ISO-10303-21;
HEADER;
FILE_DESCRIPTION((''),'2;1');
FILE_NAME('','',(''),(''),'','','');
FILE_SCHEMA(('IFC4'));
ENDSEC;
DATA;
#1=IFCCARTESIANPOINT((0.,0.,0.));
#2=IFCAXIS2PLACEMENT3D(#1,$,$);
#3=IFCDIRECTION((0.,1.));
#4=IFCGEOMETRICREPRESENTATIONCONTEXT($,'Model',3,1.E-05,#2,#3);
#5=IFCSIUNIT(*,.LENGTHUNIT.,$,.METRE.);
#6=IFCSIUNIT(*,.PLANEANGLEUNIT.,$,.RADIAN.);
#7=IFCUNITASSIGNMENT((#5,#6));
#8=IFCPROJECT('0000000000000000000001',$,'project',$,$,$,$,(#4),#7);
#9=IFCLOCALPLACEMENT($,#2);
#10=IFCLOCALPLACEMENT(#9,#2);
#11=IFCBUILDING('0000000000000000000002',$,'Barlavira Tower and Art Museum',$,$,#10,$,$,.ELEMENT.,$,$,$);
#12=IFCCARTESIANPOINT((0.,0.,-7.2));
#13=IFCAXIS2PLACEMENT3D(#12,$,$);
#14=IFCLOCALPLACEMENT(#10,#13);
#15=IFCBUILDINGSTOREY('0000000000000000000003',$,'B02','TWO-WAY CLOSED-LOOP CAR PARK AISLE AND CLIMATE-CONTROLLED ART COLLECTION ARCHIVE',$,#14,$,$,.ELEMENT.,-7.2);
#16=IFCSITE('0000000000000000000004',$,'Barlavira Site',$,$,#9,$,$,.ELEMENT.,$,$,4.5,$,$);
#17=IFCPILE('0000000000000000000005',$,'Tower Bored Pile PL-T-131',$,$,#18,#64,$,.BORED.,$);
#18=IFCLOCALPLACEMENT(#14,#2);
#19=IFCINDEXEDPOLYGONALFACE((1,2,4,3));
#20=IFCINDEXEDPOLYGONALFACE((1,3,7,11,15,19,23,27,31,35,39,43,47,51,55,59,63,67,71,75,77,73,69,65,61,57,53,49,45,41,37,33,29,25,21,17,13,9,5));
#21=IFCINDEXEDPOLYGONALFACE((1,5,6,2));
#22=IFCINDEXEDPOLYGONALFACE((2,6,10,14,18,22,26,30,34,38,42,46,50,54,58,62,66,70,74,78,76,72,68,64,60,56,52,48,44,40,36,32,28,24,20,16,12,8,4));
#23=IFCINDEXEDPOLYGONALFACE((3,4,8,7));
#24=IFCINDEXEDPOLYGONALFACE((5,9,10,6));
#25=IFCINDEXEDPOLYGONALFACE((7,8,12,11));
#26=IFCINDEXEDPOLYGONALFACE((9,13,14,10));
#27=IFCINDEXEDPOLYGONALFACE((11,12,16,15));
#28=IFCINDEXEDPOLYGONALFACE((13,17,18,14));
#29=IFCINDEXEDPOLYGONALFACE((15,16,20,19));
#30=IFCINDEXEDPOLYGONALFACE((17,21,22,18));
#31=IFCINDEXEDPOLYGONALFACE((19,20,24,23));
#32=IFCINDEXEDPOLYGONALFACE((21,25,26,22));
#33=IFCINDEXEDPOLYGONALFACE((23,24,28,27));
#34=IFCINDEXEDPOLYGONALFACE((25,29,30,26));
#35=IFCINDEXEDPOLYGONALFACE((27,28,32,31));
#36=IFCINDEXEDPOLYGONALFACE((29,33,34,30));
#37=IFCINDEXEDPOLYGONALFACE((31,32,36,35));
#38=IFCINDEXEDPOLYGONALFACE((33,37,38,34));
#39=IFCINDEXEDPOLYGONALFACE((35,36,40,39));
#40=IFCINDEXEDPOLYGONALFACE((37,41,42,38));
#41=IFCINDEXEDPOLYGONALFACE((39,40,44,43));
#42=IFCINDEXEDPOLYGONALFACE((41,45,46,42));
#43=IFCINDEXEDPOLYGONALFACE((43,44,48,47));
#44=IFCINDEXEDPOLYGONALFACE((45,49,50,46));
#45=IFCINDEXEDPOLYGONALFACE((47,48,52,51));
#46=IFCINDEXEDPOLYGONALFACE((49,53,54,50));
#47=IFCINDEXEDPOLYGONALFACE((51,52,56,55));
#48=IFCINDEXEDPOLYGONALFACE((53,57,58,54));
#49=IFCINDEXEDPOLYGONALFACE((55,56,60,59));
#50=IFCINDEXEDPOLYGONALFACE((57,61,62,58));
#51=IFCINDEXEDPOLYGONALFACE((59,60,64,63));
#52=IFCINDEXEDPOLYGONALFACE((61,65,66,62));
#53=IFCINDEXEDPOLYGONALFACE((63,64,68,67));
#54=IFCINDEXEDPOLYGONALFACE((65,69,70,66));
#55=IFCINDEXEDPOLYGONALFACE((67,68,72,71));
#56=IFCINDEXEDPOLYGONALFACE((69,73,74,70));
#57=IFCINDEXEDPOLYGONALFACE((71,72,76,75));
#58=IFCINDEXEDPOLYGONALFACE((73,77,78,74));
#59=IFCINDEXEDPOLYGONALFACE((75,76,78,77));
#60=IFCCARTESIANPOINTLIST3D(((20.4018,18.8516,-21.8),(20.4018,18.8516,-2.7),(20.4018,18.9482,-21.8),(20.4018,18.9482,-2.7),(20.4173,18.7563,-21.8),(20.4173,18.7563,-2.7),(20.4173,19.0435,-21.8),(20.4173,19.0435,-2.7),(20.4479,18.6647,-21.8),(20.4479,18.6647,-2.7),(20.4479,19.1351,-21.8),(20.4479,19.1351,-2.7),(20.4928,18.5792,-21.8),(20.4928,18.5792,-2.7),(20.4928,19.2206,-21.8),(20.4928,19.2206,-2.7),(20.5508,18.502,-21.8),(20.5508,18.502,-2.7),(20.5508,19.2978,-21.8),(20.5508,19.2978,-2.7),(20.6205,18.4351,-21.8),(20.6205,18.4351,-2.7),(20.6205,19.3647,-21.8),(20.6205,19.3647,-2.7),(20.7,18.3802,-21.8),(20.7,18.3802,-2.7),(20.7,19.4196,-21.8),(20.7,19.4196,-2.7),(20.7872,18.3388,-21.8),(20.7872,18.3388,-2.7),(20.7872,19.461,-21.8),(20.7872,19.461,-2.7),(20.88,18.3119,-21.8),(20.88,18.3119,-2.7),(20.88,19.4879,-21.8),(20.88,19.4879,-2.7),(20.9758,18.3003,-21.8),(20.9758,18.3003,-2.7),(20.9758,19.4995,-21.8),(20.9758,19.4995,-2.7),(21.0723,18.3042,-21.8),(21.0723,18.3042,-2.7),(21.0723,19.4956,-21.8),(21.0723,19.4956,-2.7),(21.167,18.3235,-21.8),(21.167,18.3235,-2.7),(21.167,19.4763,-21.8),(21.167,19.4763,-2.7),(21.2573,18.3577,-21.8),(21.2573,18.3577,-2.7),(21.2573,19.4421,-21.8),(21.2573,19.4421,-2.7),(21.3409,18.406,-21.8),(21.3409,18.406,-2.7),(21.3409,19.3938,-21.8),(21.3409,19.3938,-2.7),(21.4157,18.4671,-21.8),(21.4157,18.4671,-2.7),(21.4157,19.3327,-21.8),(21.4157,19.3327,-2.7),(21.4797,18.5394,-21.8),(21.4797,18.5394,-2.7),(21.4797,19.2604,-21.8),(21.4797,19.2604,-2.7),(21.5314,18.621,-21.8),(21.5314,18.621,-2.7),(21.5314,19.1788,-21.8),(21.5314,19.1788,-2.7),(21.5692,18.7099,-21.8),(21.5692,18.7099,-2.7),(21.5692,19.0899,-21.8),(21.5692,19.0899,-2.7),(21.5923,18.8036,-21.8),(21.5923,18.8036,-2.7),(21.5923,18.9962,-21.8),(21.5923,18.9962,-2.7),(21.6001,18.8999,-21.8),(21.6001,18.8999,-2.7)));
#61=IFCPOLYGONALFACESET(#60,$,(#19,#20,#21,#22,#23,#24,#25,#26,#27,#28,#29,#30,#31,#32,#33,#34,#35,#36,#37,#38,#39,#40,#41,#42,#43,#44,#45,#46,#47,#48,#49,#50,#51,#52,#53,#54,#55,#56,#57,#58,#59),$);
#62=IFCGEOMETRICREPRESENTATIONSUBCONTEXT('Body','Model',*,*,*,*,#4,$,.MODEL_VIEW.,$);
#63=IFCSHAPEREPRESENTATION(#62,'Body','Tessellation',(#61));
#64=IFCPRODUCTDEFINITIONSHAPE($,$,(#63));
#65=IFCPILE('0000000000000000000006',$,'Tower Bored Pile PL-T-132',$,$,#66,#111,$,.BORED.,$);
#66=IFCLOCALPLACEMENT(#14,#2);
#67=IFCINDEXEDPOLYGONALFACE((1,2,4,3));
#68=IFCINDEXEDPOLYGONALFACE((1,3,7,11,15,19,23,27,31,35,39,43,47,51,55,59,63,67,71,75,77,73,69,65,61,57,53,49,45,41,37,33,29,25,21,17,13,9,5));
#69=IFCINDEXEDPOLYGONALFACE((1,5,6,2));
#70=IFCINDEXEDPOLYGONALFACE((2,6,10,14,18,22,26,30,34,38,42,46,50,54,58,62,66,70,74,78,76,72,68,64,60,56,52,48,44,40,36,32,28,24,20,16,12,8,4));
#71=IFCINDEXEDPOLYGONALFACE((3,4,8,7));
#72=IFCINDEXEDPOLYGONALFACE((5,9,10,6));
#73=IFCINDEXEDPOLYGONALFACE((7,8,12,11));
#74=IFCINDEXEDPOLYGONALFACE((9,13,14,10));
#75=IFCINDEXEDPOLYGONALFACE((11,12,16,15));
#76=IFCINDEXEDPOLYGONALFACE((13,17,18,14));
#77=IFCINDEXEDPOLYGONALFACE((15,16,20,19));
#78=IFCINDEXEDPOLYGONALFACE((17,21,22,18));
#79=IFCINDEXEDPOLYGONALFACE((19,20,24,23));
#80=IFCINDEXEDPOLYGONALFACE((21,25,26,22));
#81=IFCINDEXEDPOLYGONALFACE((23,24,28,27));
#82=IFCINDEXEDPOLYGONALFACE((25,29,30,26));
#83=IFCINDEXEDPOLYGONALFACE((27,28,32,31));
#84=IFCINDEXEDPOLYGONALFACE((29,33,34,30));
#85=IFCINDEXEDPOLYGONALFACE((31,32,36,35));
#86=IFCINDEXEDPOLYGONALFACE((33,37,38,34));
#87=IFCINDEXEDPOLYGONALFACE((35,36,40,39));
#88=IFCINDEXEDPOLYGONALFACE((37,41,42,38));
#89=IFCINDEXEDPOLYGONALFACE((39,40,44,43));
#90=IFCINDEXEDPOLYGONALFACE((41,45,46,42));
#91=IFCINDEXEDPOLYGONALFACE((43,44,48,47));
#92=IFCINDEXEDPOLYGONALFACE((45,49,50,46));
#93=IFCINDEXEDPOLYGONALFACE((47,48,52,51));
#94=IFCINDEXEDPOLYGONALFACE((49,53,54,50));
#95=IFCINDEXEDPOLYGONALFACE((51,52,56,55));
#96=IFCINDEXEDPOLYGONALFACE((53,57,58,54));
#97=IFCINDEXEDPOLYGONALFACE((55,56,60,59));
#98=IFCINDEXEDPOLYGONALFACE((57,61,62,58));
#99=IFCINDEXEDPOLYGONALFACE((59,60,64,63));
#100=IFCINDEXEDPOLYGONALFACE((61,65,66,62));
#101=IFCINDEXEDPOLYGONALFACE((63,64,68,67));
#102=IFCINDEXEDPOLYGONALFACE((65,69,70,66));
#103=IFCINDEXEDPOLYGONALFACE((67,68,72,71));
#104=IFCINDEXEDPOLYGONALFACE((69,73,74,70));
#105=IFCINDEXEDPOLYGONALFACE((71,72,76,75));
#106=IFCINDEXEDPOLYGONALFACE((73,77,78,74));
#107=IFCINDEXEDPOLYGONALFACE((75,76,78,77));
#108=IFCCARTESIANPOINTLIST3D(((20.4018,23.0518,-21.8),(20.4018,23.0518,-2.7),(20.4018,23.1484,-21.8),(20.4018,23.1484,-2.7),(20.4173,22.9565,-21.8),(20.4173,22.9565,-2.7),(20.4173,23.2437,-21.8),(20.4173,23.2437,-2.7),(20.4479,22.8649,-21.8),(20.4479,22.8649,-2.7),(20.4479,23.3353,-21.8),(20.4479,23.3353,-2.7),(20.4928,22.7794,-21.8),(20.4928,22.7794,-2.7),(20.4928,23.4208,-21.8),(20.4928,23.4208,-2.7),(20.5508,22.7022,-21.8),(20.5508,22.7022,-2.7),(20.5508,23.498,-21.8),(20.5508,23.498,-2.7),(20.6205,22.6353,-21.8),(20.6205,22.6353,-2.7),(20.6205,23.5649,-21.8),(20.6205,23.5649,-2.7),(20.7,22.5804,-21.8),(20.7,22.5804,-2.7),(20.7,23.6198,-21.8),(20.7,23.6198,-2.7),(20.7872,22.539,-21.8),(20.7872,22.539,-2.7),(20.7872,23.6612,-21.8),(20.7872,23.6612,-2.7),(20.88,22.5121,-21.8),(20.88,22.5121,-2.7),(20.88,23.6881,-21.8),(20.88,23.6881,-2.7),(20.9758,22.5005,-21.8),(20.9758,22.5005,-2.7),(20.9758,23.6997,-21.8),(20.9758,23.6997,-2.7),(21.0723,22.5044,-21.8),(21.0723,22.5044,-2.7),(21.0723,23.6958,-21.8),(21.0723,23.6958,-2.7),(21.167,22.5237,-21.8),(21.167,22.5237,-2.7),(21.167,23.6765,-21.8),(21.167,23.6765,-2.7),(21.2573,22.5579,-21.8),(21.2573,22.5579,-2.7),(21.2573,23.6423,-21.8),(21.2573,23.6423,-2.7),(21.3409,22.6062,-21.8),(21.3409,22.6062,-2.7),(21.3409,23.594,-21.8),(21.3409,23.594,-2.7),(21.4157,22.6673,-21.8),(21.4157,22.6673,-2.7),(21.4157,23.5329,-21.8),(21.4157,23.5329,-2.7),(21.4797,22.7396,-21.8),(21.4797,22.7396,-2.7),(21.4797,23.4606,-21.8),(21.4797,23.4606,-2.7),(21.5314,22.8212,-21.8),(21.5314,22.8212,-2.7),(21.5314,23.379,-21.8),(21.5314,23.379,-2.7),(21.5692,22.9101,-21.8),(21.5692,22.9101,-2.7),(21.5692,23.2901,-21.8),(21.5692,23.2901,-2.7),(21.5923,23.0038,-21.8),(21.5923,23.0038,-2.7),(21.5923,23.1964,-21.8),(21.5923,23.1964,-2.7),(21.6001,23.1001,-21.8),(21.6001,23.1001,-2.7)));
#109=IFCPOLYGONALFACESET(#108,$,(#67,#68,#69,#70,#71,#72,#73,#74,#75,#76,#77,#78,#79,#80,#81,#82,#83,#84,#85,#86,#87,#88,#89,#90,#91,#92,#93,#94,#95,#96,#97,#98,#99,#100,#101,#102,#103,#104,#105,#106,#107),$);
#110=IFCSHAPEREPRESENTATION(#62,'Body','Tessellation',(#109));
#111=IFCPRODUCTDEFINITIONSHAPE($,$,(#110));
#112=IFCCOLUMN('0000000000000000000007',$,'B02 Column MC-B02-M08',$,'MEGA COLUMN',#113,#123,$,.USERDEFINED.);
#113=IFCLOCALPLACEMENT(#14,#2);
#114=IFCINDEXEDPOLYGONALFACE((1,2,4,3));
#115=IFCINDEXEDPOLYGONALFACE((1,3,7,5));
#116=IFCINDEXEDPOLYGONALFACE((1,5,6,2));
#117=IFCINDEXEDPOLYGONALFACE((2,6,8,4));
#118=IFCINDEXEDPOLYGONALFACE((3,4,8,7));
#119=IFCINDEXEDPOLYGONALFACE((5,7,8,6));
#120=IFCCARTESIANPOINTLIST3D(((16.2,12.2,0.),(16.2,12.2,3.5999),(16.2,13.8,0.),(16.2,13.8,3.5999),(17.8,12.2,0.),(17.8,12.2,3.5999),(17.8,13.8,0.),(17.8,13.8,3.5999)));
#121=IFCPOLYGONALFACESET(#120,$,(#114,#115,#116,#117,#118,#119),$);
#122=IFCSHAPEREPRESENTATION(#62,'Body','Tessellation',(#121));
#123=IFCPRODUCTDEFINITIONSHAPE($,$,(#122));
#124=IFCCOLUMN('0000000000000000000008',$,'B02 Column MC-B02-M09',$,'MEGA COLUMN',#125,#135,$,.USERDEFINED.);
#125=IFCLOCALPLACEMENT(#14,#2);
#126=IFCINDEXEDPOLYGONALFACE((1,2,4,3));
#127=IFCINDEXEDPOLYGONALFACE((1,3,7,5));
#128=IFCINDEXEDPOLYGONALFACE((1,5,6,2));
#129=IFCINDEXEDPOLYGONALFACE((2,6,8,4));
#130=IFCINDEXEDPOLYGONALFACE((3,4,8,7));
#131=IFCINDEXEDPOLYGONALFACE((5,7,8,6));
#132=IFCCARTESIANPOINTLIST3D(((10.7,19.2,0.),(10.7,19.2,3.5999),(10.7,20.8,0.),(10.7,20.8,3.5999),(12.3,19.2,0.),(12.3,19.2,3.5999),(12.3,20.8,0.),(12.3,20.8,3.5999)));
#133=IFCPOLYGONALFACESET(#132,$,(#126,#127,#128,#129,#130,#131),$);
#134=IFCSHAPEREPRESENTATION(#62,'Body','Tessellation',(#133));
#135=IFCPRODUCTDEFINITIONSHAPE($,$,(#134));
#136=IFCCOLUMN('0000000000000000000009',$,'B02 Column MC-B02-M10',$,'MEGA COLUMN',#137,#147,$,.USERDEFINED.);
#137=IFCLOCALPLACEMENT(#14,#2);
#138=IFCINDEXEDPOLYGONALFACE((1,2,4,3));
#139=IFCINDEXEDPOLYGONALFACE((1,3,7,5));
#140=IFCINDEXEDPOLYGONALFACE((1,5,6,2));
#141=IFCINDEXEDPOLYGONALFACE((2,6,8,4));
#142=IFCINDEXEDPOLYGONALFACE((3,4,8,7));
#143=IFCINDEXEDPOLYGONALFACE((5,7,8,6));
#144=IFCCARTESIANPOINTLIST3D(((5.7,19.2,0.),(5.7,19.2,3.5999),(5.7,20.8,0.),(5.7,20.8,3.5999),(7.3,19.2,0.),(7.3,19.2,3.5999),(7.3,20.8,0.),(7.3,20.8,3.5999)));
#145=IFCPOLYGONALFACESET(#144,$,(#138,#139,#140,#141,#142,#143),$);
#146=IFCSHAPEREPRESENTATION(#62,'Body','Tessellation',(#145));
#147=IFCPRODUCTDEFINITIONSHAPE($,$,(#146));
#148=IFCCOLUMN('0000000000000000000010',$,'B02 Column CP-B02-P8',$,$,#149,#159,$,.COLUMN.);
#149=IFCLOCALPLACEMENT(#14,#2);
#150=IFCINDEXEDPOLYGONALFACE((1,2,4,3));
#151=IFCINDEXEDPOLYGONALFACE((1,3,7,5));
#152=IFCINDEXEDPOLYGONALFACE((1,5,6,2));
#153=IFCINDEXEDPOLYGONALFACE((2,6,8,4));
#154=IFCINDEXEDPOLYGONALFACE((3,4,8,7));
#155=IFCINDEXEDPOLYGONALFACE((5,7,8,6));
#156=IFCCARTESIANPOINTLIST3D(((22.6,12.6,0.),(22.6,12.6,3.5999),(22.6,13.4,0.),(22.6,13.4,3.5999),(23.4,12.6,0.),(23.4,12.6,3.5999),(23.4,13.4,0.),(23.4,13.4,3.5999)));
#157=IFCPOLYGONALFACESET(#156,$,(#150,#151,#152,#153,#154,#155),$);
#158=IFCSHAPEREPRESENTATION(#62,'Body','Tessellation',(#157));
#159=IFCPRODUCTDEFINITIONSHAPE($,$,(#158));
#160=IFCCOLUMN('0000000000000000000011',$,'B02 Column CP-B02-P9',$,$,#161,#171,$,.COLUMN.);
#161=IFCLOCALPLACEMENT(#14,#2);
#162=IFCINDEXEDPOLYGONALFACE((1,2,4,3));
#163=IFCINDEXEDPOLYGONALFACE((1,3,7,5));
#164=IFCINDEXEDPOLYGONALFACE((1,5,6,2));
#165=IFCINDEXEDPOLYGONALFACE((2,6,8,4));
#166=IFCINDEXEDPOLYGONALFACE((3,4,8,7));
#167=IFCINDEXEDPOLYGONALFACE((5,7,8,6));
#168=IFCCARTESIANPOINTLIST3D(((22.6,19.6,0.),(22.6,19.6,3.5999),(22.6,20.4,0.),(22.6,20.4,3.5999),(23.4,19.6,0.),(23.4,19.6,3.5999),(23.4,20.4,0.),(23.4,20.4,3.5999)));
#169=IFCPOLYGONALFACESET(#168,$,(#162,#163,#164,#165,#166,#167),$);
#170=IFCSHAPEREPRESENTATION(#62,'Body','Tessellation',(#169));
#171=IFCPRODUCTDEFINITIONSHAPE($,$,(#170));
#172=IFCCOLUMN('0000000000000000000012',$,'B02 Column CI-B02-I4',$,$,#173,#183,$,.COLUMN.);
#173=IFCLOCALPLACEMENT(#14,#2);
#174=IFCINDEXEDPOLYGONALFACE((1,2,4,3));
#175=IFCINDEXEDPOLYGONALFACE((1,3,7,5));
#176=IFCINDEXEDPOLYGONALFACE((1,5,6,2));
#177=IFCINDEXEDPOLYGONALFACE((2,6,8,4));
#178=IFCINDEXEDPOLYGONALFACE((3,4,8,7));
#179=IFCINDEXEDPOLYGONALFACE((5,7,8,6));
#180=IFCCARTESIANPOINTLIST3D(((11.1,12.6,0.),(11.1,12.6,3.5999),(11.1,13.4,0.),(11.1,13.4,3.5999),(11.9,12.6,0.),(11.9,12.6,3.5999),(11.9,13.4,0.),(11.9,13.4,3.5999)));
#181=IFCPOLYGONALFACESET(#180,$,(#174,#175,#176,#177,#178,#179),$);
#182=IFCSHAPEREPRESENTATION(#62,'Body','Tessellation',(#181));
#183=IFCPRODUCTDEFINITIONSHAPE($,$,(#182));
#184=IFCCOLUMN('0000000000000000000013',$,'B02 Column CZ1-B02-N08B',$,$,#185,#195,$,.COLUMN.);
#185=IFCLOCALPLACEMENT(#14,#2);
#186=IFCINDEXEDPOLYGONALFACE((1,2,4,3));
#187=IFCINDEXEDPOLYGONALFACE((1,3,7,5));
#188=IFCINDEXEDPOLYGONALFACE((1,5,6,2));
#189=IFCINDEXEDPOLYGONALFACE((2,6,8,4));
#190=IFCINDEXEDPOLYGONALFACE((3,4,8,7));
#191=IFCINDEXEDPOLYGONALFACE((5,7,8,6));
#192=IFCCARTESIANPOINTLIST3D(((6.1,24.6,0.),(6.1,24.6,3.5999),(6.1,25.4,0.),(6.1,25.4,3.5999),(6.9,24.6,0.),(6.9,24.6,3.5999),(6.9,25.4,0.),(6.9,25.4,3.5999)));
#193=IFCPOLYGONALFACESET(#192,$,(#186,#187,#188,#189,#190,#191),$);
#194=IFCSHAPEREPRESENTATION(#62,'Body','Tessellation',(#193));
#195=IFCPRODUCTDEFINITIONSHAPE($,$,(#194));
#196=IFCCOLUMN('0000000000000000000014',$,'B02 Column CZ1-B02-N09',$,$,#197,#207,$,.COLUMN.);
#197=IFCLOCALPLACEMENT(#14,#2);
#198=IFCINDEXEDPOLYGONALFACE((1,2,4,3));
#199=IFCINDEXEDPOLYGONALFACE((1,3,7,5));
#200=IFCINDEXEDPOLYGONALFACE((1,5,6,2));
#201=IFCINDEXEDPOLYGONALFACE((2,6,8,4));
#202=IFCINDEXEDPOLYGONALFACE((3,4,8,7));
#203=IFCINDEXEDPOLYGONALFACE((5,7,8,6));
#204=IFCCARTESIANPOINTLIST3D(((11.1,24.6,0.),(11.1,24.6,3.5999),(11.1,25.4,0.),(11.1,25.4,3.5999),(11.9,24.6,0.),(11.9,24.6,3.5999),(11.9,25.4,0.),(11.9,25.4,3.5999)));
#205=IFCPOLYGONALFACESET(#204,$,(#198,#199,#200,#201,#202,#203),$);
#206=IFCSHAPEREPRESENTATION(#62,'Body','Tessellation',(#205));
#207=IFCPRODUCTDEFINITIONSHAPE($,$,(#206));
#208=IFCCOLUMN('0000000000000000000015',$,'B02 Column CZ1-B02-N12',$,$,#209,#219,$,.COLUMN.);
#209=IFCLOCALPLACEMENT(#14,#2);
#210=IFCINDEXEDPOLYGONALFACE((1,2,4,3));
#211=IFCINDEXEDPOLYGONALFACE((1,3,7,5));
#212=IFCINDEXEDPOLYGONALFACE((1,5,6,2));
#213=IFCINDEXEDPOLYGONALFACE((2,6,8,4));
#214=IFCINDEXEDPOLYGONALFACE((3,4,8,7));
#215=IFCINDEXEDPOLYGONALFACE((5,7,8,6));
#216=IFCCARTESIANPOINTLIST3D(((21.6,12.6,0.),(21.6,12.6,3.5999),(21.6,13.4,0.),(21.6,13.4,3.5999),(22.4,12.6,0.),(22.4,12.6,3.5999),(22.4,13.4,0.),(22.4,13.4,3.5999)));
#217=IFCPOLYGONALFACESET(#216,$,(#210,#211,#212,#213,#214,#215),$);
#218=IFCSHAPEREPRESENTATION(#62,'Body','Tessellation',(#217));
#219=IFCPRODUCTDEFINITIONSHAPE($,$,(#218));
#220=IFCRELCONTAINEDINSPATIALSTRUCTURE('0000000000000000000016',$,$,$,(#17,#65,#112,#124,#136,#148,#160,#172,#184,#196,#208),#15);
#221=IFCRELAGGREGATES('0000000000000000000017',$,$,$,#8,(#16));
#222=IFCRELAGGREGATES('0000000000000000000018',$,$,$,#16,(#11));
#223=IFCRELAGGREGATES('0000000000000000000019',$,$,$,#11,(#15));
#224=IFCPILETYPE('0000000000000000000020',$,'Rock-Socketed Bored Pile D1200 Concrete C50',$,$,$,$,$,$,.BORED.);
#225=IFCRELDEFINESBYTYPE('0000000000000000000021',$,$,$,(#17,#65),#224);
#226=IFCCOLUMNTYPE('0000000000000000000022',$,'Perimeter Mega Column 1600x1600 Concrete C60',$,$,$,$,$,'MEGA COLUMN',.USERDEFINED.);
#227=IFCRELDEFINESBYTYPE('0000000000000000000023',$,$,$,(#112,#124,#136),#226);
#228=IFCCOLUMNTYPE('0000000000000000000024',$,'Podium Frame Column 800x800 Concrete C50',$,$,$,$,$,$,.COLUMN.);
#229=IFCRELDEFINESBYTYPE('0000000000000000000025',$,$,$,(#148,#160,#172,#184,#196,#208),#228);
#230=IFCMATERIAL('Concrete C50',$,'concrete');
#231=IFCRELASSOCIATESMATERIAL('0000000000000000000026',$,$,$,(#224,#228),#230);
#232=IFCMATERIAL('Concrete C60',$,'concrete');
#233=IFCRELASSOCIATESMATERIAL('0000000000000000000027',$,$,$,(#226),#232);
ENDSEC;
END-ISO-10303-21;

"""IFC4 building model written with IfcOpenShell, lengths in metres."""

from ifc_helpers import new_model, si_unit, direction, frame, origin, origin_2d, place, context, subcontext, project, spatial, rectangle, circle, extrude, material, material_profile, profile_set, type_object, element, save


model = new_model("IFC4")

# Units and contexts
model_context = context("Model", 3, precision=1e-05, world=origin(), true_north=direction((0.0, 1.0)))
body_context = subcontext(model_context, "Body", "Model", "MODEL_VIEW")
ifc_project = project(units=[si_unit("LENGTHUNIT", "METRE"), si_unit("PLANEANGLEUNIT", "RADIAN")], contexts=[model_context])

# Site, building, storey
site_placement = place(None, origin())
site = spatial("IfcSite", under=ifc_project, at=site_placement, Name="Barlavira Site", CompositionType="ELEMENT", RefElevation=4.5)
building_placement = place(site_placement, origin())
building = spatial("IfcBuilding", under=site, at=building_placement, Name="Barlavira Tower and Art Museum", CompositionType="ELEMENT")
storey_placement = place(building_placement, frame((0.0, 0.0, -7.2)))
storey = spatial("IfcBuildingStorey", under=building, at=storey_placement, Name="B02", Description="TWO-WAY CLOSED-LOOP CAR PARK AISLE AND CLIMATE-CONTROLLED ART COLLECTION ARCHIVE", CompositionType="ELEMENT", Elevation=-7.2)

# Piles
ifc_material_1 = material(Name="Concrete C50", Category="concrete")
ifc_material_profile_1 = material_profile(ifc_material_1, circle(Radius=0.6001, at=origin_2d()), Name="BORED PILE D1200")
ifc_profile_set_1 = profile_set([ifc_material_profile_1], Name="Concrete C50")
pile_type = type_object("IfcPileType", Name="Rock-Socketed Bored Pile D1200 Concrete C50", PredefinedType="BORED", material=ifc_profile_set_1)
for number, where, z_axis, x_axis, name in (
    (1, (21.0, 18.8999, -2.7), (0.0, 0.0, -1.0), (1.0, 0.0, 0.0), "Tower Bored Pile PL-T-131"),
    (2, (21.0, 23.1001, -2.7), (0.0, 0.0, -1.0), (1.0, 0.0, 0.0), "Tower Bored Pile PL-T-132"),
):
    element("IfcPile", number, at=place(storey_placement, frame(where, z_axis=z_axis, x_axis=x_axis)), inside=storey, type_object=pile_type, Name=name, PredefinedType="BORED", context=body_context, shape_type="SweptSolid", body=[
        extrude(circle(Radius=0.6001, at=origin_2d()), origin(), (0.0, 0.0, 1.0), 19.1001),
    ])

# Columns
ifc_material_2 = material(Name="Concrete C60", Category="concrete")
ifc_material_profile_2 = material_profile(ifc_material_2, rectangle(XDim=1.6001, YDim=1.6001, at=origin_2d()), Name="RC-MCOL 1600x1600")
ifc_profile_set_2 = profile_set([ifc_material_profile_2], Name="Concrete C60")
column_type_1 = type_object("IfcColumnType", Name="Perimeter Mega Column 1600x1600 Concrete C60", ElementType="MEGA COLUMN", PredefinedType="USERDEFINED", material=ifc_profile_set_2)
for number, where, z_axis, x_axis, name in (
    (3, (17.0, 13.0, 0.0), (0.0, 0.0, 1.0), (1.0, 0.0, 0.0), "B02 Column MC-B02-M08"),
    (4, (11.5, 20.0, 0.0), (0.0, 0.0, 1.0), (1.0, 0.0, 0.0), "B02 Column MC-B02-M09"),
    (5, (6.5, 20.0, 0.0), (0.0, 0.0, 1.0), (1.0, 0.0, 0.0), "B02 Column MC-B02-M10"),
):
    element("IfcColumn", number, at=place(storey_placement, frame(where, z_axis=z_axis, x_axis=x_axis)), inside=storey, type_object=column_type_1, Name=name, ObjectType="MEGA COLUMN", PredefinedType="USERDEFINED", context=body_context, shape_type="SweptSolid", body=[
        extrude(rectangle(XDim=1.6001, YDim=1.6001, at=origin_2d()), origin(), (0.0, 0.0, 1.0), 3.5999),
    ])
ifc_material_profile_3 = material_profile(ifc_material_1, rectangle(XDim=0.8, YDim=0.8, at=origin_2d()), Name="RC-COL 800x800")
ifc_profile_set_3 = profile_set([ifc_material_profile_3], Name="Concrete C50")
column_type_2 = type_object("IfcColumnType", Name="Podium Frame Column 800x800 Concrete C50", PredefinedType="COLUMN", material=ifc_profile_set_3)
for number, where, z_axis, x_axis, name in (
    (6, (23.0, 13.0, 0.0), (0.0, 0.0, 1.0), (1.0, 0.0, 0.0), "B02 Column CP-B02-P8"),
    (7, (23.0, 20.0, 0.0), (0.0, 0.0, 1.0), (1.0, 0.0, 0.0), "B02 Column CP-B02-P9"),
    (8, (11.5, 13.0, 0.0), (0.0, 0.0, 1.0), (1.0, 0.0, 0.0), "B02 Column CI-B02-I4"),
    (9, (6.5, 25.0, 0.0), (0.0, 0.0, 1.0), (1.0, 0.0, 0.0), "B02 Column CZ1-B02-N08B"),
    (10, (11.5, 25.0, 0.0), (0.0, 0.0, 1.0), (1.0, 0.0, 0.0), "B02 Column CZ1-B02-N09"),
    (11, (22.0, 13.0, 0.0), (0.0, 0.0, 1.0), (1.0, 0.0, 0.0), "B02 Column CZ1-B02-N12"),
):
    element("IfcColumn", number, at=place(storey_placement, frame(where, z_axis=z_axis, x_axis=x_axis)), inside=storey, type_object=column_type_2, Name=name, PredefinedType="COLUMN", context=body_context, shape_type="SweptSolid", body=[
        extrude(rectangle(XDim=0.8, YDim=0.8, at=origin_2d()), origin(), (0.0, 0.0, 1.0), 3.5999),
    ])

save(model, "model.ifc")
